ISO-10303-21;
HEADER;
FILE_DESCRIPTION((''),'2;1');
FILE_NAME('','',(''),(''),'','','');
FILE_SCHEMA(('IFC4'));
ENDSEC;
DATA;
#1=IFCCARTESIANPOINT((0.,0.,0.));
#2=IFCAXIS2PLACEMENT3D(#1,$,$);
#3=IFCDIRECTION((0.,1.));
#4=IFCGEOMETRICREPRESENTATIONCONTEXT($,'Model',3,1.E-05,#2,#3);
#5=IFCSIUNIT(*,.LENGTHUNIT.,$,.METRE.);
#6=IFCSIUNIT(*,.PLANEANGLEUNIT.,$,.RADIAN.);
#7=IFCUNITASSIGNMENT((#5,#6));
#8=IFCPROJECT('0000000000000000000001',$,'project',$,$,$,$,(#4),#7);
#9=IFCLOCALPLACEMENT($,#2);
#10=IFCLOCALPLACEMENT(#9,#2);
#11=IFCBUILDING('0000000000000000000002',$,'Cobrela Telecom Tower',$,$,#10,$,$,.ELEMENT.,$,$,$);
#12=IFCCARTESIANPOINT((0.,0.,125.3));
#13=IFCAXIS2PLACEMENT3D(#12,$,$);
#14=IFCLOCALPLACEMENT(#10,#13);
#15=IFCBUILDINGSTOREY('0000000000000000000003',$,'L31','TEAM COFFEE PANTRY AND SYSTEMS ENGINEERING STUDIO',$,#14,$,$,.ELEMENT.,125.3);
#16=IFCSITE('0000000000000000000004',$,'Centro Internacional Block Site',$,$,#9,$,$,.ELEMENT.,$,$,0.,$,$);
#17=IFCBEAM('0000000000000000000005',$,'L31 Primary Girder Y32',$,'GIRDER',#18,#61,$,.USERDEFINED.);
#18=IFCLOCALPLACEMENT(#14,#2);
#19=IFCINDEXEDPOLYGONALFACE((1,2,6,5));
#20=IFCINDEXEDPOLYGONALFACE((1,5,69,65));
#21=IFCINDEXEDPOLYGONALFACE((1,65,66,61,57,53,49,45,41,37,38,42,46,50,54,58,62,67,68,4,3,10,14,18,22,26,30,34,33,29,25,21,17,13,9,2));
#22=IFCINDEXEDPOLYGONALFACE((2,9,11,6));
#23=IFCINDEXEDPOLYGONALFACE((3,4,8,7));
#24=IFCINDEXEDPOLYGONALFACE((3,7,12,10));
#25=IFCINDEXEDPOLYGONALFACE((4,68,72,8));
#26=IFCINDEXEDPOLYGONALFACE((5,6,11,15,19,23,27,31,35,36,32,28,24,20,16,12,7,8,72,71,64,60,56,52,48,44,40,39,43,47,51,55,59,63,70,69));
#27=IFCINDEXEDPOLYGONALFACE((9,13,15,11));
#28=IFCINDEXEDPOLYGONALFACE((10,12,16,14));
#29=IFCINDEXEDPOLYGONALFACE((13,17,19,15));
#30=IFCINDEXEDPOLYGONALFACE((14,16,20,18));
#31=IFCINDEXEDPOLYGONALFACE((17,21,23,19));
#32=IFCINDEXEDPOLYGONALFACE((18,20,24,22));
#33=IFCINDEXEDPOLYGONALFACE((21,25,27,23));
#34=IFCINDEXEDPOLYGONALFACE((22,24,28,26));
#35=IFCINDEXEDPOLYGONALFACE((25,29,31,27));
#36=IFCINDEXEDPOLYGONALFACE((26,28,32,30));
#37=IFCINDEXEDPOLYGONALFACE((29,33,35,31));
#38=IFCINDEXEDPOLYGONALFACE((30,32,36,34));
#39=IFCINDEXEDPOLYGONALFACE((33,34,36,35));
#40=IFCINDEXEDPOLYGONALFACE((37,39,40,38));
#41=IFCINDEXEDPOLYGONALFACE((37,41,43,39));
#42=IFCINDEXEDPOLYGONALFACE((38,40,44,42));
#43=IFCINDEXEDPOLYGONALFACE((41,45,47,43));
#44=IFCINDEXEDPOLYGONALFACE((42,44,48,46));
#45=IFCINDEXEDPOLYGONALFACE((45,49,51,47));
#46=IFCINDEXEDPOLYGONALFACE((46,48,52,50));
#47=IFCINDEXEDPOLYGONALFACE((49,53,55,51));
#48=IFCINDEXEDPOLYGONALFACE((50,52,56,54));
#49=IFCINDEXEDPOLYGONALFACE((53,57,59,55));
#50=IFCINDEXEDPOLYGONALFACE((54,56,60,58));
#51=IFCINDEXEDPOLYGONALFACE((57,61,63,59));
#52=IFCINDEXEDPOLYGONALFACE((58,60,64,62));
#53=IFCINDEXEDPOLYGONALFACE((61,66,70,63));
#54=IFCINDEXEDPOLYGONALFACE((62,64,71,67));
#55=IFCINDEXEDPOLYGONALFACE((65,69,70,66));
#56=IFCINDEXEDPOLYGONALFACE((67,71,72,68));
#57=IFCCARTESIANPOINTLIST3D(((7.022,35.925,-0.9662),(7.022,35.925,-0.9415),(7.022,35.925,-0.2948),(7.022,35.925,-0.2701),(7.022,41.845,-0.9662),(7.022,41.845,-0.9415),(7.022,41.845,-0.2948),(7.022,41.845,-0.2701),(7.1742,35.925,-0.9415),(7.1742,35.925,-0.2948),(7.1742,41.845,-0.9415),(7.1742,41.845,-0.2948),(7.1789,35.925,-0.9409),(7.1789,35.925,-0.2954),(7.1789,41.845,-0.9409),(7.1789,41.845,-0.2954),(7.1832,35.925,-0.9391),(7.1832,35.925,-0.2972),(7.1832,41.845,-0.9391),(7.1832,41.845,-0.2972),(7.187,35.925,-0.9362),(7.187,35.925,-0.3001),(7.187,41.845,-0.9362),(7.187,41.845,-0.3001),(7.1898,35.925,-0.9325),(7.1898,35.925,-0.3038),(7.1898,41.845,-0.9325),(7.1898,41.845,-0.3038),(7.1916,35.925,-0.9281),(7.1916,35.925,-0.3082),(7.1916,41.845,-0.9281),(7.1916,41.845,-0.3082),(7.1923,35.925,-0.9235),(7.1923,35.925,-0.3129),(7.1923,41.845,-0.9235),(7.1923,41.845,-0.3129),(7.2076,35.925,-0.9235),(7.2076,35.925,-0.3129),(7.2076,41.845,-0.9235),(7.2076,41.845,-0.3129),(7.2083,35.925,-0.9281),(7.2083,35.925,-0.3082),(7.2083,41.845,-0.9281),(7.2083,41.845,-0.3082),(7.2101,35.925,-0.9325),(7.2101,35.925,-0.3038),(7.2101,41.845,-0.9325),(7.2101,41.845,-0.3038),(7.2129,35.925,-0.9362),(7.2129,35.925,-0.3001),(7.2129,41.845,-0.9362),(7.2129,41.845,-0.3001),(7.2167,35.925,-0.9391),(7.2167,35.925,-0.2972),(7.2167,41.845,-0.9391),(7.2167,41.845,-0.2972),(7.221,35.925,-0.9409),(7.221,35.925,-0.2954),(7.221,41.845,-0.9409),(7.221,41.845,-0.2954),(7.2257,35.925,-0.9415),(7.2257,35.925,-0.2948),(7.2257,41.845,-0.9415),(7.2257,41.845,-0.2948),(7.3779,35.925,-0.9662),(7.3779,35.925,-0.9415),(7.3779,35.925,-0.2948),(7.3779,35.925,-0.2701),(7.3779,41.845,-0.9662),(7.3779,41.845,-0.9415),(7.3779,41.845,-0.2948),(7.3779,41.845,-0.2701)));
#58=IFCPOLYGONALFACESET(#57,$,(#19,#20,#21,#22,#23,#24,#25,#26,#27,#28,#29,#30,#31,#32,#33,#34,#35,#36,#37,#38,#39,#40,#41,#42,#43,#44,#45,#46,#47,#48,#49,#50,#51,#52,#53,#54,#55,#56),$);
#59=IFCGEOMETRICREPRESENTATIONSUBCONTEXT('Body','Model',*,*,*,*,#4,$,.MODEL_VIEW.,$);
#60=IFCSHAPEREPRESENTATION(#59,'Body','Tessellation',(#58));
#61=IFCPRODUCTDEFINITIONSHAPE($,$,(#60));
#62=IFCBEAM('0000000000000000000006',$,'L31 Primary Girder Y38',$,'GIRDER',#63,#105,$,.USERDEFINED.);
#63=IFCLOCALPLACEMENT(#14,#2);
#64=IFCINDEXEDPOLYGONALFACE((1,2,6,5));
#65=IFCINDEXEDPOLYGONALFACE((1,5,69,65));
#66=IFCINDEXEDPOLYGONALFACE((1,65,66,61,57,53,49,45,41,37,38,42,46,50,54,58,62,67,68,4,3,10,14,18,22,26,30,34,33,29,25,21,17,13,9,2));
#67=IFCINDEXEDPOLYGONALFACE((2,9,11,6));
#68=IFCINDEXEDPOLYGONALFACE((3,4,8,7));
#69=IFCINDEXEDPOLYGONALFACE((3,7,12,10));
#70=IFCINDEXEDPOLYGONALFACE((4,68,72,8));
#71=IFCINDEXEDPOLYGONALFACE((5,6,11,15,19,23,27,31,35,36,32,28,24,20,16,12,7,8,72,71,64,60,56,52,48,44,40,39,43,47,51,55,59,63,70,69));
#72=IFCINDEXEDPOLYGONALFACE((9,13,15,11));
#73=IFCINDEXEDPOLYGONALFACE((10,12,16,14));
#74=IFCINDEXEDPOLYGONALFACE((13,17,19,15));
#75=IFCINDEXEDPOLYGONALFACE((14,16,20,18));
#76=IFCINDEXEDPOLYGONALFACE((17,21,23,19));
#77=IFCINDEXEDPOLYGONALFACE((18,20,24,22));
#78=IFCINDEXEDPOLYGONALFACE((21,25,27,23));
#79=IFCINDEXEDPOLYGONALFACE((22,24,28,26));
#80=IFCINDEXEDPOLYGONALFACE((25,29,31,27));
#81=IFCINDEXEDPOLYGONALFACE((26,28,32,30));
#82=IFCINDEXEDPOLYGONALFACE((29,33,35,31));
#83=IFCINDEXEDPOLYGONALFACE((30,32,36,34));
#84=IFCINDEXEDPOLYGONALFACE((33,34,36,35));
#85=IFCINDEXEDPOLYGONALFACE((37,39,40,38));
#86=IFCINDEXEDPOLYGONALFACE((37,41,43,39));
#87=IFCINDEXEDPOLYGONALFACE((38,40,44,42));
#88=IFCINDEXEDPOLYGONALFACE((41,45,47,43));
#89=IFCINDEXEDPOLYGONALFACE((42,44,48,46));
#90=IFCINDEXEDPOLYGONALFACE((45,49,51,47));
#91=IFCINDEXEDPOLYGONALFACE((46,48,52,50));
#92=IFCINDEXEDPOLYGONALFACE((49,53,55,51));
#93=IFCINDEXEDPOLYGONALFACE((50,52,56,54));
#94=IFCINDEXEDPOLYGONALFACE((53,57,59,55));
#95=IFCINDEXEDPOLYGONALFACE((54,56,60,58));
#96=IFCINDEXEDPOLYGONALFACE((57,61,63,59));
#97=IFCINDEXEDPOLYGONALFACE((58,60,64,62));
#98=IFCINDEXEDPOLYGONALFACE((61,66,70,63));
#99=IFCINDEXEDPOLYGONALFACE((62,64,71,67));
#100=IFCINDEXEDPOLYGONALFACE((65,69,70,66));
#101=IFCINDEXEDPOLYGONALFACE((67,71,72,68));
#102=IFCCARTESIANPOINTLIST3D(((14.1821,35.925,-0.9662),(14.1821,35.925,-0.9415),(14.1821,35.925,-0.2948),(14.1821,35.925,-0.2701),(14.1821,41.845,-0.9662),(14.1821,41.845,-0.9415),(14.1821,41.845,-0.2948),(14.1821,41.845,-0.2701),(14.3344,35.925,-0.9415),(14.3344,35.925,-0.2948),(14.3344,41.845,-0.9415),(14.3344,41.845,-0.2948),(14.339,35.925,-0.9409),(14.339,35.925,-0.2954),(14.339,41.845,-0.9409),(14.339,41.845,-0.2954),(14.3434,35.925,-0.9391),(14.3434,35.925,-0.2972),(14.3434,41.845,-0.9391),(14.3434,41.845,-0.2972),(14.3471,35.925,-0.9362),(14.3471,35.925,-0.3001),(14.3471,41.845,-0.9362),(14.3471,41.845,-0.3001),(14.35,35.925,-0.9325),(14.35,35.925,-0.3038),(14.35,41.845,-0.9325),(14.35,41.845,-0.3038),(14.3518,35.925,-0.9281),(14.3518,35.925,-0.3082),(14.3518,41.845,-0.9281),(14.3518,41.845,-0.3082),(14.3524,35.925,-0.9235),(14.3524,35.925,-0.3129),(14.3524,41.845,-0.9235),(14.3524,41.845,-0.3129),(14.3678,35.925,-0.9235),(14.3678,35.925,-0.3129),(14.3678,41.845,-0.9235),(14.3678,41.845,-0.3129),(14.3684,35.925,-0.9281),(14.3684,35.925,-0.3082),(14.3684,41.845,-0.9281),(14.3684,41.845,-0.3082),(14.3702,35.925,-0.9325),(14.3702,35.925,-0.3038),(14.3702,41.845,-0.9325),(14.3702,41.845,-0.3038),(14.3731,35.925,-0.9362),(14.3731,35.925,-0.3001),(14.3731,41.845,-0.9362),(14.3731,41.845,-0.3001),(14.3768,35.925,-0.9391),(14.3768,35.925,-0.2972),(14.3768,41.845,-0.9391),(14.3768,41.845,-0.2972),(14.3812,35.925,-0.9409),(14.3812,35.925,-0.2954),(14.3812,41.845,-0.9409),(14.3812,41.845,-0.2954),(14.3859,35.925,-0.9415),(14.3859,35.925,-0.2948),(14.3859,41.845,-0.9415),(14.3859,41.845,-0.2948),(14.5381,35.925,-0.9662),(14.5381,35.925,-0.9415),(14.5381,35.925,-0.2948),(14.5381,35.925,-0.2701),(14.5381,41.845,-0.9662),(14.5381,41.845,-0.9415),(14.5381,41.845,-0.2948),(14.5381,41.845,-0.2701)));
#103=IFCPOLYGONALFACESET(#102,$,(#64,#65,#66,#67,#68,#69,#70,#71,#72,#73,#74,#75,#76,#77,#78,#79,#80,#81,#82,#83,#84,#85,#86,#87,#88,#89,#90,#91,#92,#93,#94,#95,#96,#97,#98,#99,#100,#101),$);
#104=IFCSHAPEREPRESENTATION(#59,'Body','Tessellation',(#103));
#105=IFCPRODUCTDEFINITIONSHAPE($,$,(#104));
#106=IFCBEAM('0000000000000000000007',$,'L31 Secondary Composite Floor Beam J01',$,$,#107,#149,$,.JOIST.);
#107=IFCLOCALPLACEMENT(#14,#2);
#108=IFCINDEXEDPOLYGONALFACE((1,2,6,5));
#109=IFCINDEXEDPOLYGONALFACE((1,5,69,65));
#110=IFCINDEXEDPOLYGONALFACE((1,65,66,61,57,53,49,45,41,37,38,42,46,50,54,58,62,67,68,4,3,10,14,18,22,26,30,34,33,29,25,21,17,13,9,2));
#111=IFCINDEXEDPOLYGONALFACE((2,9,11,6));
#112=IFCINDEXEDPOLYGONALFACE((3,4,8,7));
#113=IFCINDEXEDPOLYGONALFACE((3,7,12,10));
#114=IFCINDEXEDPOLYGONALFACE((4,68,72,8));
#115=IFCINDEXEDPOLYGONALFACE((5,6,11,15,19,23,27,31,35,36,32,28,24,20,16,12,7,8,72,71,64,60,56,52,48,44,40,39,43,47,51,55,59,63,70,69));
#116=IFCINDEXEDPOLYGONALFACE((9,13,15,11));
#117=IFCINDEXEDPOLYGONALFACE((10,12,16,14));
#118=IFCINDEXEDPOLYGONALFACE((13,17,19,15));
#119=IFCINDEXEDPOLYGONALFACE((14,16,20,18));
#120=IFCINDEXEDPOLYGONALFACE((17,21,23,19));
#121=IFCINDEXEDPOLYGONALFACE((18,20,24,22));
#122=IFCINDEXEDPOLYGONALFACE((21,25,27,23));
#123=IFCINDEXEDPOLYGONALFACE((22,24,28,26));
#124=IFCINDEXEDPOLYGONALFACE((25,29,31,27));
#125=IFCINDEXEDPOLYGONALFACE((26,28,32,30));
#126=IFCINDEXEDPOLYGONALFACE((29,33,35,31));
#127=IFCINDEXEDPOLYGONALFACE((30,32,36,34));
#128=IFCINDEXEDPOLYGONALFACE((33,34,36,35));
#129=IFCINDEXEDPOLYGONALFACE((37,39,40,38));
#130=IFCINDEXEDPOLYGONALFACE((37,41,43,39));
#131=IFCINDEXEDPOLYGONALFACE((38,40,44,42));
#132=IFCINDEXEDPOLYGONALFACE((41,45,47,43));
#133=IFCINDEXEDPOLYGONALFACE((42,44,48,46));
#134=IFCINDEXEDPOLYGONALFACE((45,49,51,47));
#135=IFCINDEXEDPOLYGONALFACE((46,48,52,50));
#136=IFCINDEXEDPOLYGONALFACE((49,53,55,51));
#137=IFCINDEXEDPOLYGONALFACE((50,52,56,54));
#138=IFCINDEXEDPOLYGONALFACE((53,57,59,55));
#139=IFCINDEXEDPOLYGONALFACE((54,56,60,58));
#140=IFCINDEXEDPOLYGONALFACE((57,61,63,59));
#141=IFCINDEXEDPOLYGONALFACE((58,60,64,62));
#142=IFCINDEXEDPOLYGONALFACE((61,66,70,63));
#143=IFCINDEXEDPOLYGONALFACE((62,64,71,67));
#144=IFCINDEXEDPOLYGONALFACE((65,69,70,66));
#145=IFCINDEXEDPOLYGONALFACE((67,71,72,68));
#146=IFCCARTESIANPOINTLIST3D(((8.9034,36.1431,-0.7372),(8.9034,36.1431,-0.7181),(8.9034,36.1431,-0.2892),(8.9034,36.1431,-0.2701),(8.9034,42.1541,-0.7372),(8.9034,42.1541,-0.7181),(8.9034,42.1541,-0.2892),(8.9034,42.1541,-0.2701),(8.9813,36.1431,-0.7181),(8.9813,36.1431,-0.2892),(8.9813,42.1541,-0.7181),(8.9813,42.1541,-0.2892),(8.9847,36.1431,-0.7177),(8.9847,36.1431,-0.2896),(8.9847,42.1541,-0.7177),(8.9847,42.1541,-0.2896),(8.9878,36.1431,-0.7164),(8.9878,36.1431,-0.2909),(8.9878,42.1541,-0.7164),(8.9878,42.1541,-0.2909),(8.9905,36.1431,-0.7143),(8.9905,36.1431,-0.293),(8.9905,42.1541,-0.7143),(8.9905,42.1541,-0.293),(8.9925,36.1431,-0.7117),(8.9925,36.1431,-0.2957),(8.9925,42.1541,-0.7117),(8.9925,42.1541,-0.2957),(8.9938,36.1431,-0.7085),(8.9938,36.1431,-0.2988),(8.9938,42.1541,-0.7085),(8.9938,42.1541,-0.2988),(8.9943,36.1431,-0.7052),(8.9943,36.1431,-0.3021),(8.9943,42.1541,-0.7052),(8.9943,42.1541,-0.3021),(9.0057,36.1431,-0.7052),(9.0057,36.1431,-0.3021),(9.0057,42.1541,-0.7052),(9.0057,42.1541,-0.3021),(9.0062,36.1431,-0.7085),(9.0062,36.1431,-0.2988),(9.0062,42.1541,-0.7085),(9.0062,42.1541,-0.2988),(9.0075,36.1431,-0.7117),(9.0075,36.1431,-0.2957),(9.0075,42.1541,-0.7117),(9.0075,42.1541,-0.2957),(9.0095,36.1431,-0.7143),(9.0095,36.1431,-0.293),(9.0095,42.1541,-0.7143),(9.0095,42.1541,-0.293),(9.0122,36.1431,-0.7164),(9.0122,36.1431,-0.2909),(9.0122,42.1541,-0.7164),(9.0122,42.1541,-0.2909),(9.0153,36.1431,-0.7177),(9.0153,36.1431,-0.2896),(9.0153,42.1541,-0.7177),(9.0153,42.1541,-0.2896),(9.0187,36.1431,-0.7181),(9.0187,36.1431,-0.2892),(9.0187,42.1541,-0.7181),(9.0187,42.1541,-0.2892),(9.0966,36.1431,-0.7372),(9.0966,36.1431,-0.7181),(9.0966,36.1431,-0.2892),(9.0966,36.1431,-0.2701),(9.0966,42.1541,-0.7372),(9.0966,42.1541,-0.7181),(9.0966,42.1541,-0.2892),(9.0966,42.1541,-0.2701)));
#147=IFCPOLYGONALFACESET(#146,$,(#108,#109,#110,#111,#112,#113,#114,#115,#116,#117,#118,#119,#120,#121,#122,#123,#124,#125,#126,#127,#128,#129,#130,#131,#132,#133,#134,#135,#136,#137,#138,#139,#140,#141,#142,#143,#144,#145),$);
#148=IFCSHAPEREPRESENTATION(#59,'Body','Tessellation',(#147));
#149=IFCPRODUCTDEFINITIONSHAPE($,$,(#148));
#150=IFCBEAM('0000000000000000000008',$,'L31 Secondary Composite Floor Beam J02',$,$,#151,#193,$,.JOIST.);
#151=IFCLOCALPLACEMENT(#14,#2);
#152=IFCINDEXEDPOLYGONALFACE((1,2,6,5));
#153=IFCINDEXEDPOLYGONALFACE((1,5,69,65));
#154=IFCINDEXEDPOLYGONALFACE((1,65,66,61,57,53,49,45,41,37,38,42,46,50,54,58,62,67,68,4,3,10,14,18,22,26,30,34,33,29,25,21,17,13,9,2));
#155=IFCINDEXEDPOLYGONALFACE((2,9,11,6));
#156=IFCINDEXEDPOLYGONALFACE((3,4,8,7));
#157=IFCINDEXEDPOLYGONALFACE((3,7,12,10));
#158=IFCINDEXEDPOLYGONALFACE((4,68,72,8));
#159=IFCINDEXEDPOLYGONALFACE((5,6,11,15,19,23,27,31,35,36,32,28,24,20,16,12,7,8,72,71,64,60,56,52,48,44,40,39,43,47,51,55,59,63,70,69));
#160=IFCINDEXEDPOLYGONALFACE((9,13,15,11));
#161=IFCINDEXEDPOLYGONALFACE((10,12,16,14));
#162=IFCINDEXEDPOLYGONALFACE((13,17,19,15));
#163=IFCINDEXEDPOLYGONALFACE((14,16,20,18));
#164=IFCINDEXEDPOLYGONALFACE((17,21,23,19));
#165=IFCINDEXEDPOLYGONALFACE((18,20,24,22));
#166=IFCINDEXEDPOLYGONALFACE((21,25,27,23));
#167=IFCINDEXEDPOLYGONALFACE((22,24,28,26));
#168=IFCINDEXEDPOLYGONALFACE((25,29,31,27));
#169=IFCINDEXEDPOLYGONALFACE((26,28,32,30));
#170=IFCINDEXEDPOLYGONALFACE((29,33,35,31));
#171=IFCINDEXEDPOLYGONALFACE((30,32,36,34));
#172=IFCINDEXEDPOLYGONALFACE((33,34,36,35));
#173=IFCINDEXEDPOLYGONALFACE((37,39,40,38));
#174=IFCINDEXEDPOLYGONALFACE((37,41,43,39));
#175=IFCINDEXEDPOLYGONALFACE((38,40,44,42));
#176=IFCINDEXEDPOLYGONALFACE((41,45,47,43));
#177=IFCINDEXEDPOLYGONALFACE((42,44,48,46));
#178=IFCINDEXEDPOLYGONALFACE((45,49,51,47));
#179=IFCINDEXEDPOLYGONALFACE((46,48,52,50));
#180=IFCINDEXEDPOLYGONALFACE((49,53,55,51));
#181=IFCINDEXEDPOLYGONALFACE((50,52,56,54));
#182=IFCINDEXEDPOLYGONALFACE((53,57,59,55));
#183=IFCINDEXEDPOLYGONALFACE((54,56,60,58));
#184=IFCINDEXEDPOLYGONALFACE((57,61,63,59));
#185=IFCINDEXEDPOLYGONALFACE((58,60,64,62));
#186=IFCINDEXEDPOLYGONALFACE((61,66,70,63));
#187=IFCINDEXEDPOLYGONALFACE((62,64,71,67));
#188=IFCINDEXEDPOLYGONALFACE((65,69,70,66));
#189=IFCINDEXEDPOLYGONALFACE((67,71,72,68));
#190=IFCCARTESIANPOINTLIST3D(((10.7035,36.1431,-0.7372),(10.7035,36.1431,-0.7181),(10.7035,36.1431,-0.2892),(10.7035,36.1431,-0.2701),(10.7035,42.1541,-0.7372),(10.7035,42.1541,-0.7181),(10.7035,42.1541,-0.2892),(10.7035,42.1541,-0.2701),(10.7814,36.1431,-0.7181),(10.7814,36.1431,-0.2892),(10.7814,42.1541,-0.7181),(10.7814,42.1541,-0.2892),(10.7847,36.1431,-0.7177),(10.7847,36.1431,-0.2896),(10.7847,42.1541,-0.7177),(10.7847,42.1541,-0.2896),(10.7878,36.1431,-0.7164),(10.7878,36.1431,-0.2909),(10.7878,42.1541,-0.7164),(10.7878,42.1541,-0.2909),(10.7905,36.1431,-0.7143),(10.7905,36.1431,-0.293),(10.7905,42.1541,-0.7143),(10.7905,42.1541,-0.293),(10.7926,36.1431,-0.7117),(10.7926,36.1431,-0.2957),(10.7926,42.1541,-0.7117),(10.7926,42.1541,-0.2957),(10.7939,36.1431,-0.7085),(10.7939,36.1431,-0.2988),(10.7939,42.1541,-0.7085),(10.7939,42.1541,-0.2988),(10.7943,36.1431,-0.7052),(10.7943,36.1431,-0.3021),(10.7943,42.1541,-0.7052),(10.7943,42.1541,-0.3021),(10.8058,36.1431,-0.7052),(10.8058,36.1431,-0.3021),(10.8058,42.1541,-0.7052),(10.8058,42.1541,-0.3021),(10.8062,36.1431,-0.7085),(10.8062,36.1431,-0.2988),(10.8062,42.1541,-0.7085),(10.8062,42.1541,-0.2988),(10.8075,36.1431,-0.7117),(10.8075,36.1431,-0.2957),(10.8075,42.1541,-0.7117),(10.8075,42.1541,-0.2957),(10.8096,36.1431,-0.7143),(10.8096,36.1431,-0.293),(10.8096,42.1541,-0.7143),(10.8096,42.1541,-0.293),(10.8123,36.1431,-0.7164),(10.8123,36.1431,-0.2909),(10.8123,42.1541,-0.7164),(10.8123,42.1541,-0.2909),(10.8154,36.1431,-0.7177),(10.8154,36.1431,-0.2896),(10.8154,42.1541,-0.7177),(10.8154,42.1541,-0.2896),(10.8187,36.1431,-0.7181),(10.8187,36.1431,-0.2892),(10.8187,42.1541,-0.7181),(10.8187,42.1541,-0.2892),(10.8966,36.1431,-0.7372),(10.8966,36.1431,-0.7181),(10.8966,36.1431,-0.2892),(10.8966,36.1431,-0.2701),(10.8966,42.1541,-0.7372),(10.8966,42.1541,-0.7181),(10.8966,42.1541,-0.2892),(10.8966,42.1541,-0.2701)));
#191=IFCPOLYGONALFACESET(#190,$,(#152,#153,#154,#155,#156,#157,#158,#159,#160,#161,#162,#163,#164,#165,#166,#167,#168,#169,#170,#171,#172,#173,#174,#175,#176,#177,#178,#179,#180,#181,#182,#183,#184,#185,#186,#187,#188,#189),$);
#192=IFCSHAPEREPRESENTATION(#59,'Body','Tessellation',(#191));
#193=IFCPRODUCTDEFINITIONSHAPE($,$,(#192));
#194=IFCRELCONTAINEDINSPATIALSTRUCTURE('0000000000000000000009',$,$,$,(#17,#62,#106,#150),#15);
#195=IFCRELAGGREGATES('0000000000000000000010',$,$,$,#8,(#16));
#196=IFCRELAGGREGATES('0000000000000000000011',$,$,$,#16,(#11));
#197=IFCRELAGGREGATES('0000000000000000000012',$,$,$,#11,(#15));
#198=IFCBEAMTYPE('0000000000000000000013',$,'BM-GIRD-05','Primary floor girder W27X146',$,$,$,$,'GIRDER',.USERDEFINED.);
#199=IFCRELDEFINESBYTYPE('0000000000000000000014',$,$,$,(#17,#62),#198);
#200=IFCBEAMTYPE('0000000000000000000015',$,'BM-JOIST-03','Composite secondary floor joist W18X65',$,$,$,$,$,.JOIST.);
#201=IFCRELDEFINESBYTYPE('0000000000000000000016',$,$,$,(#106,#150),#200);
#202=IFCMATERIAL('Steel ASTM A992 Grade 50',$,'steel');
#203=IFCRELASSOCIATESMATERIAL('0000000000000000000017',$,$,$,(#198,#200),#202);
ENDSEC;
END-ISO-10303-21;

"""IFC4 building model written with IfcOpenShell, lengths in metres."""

from ifc_helpers import new_model, si_unit, direction, frame, origin, origin_2d, place, context, subcontext, project, spatial, i_section, extrude, material, material_profile, profile_set, type_object, element, save


model = new_model("IFC4")

# Units and contexts
model_context = context("Model", 3, precision=1e-05, world=origin(), true_north=direction((0.0, 1.0)))
body_context = subcontext(model_context, "Body", "Model", "MODEL_VIEW")
ifc_project = project(units=[si_unit("LENGTHUNIT", "METRE"), si_unit("PLANEANGLEUNIT", "RADIAN")], contexts=[model_context])

# Site, building, storey
site_placement = place(None, origin())
site = spatial("IfcSite", under=ifc_project, at=site_placement, Name="Centro Internacional Block Site", CompositionType="ELEMENT", RefElevation=0.0)
building_placement = place(site_placement, origin())
building = spatial("IfcBuilding", under=site, at=building_placement, Name="Cobrela Telecom Tower", CompositionType="ELEMENT")
storey_placement = place(building_placement, frame((0.0, 0.0, 125.3)))
storey = spatial("IfcBuildingStorey", under=building, at=storey_placement, Name="L31", Description="TEAM COFFEE PANTRY AND SYSTEMS ENGINEERING STUDIO", CompositionType="ELEMENT", Elevation=125.3)

# Beams
ifc_material_1 = material(Name="Steel ASTM A992 Grade 50", Category="steel")
ifc_material_profile_1 = material_profile(ifc_material_1, i_section(OverallWidth=0.356, OverallDepth=0.696, WebThickness=0.0154, FlangeThickness=0.0247, FilletRadius=0.0181, at=origin_2d()), Name="W27X146")
ifc_profile_set_1 = profile_set([ifc_material_profile_1], Name="Steel ASTM A992 Grade 50")
beam_type_1 = type_object("IfcBeamType", Name="BM-GIRD-05", Description="Primary floor girder W27X146", ElementType="GIRDER", PredefinedType="USERDEFINED", material=ifc_profile_set_1)
for number, where, z_axis, x_axis, name in (
    (1, (7.2, 35.925, -0.6182), (0.0, 1.0, 0.0), (-1.0, 0.0, 0.0), "L31 Primary Girder Y32"),
    (2, (14.3601, 35.925, -0.6182), (0.0, 1.0, 0.0), (-1.0, 0.0, 0.0), "L31 Primary Girder Y38"),
):
    element("IfcBeam", number, at=place(storey_placement, frame(where, z_axis=z_axis, x_axis=x_axis)), inside=storey, type_object=beam_type_1, Name=name, ObjectType="GIRDER", PredefinedType="USERDEFINED", context=body_context, shape_type="SweptSolid", body=[
        extrude(i_section(OverallWidth=0.356, OverallDepth=0.696, WebThickness=0.0154, FlangeThickness=0.0247, FilletRadius=0.0181, at=origin_2d()), origin(), (0.0, 0.0, 1.0), 5.9199),
    ])
ifc_material_profile_2 = material_profile(ifc_material_1, i_section(OverallWidth=0.1931, OverallDepth=0.467, WebThickness=0.0115, FlangeThickness=0.019, FilletRadius=0.0129, at=origin_2d()), Name="W18X65")
ifc_profile_set_2 = profile_set([ifc_material_profile_2], Name="Steel ASTM A992 Grade 50")
beam_type_2 = type_object("IfcBeamType", Name="BM-JOIST-03", Description="Composite secondary floor joist W18X65", PredefinedType="JOIST", material=ifc_profile_set_2)
for number, where, z_axis, x_axis, name in (
    (3, (9.0, 36.1431, -0.5037), (0.0, 1.0, 0.0), (-1.0, 0.0, 0.0), "L31 Secondary Composite Floor Beam J01"),
    (4, (10.8, 36.1431, -0.5037), (0.0, 1.0, 0.0), (-1.0, 0.0, 0.0), "L31 Secondary Composite Floor Beam J02"),
):
    element("IfcBeam", number, at=place(storey_placement, frame(where, z_axis=z_axis, x_axis=x_axis)), inside=storey, type_object=beam_type_2, Name=name, PredefinedType="JOIST", context=body_context, shape_type="SweptSolid", body=[
        extrude(i_section(OverallWidth=0.1931, OverallDepth=0.467, WebThickness=0.0115, FlangeThickness=0.019, FilletRadius=0.0129, at=origin_2d()), origin(), (0.0, 0.0, 1.0), 6.011),
    ])

save(model, "model.ifc")
